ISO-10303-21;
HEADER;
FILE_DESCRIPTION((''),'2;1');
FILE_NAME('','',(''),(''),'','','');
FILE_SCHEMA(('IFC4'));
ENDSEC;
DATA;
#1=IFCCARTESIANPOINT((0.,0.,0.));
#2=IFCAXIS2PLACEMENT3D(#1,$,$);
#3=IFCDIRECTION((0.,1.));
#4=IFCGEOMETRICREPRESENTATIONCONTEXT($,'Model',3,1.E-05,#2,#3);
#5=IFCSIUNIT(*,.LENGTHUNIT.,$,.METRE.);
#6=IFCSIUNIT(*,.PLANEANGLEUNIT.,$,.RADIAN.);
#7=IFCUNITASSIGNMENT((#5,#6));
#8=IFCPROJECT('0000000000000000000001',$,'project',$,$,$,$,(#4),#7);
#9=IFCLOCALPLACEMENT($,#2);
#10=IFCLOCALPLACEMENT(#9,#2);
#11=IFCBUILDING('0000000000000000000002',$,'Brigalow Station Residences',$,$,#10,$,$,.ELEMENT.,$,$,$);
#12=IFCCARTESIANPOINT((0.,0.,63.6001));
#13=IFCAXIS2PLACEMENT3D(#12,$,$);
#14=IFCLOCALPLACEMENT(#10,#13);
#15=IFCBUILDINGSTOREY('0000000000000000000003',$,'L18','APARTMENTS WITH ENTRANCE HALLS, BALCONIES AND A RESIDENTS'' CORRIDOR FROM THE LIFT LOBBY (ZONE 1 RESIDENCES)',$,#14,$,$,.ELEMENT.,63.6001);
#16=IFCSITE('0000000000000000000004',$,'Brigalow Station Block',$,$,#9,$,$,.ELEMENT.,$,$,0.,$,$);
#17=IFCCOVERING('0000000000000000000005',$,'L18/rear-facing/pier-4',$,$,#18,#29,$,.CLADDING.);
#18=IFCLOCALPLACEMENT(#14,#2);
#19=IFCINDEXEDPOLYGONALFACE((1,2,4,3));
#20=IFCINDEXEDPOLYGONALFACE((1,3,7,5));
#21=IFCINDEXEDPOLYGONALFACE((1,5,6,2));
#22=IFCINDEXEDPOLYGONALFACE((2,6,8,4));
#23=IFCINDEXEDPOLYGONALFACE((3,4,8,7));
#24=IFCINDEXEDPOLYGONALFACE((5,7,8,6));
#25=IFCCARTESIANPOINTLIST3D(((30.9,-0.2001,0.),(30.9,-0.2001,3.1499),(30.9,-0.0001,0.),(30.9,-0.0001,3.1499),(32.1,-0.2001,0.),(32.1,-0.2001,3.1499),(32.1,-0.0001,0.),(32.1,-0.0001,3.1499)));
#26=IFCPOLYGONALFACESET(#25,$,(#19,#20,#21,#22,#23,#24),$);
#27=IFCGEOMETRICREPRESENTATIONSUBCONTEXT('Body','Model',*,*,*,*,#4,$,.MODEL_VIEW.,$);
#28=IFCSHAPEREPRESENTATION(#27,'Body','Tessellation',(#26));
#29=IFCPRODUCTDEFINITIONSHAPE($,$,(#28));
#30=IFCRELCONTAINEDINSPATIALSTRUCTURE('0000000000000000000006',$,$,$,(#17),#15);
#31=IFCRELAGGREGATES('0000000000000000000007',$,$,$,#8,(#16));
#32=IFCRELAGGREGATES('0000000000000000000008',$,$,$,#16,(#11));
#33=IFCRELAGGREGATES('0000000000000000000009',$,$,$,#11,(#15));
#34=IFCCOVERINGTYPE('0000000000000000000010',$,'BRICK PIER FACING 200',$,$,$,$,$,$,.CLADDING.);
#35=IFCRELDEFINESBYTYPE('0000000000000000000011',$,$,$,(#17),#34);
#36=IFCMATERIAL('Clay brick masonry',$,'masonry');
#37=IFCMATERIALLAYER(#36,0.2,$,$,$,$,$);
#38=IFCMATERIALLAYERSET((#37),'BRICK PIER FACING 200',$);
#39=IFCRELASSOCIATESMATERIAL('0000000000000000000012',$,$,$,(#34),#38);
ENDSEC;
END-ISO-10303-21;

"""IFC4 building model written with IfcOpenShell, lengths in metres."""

from ifc_helpers import new_model, si_unit, direction, frame, origin, origin_2d, place, context, subcontext, project, spatial, rectangle, extrude, material, layer, layer_set, type_object, element, save


model = new_model("IFC4")

# Units and contexts
model_context = context("Model", 3, precision=1e-05, world=origin(), true_north=direction((0.0, 1.0)))
body_context = subcontext(model_context, "Body", "Model", "MODEL_VIEW")
ifc_project = project(units=[si_unit("LENGTHUNIT", "METRE"), si_unit("PLANEANGLEUNIT", "RADIAN")], contexts=[model_context])

# Site, building, storey
site_placement = place(None, origin())
site = spatial("IfcSite", under=ifc_project, at=site_placement, Name="Brigalow Station Block", CompositionType="ELEMENT", RefElevation=0.0)
building_placement = place(site_placement, origin())
building = spatial("IfcBuilding", under=site, at=building_placement, Name="Brigalow Station Residences", CompositionType="ELEMENT")
storey_placement = place(building_placement, frame((0.0, 0.0, 63.6001)))
storey = spatial("IfcBuildingStorey", under=building, at=storey_placement, Name="L18", Description="APARTMENTS WITH ENTRANCE HALLS, BALCONIES AND A RESIDENTS' CORRIDOR FROM THE LIFT LOBBY (ZONE 1 RESIDENCES)", CompositionType="ELEMENT", Elevation=63.6001)

# Covering
ifc_material_1 = material(Name="Clay brick masonry", Category="masonry")
ifc_layer_1 = layer(ifc_material_1, 0.2)
ifc_layer_set_1 = layer_set([ifc_layer_1], Name="BRICK PIER FACING 200")
covering_type_1 = type_object("IfcCoveringType", Name="BRICK PIER FACING 200", PredefinedType="CLADDING", material=ifc_layer_set_1)
for number, where, z_axis, x_axis, name in (
    (1, (31.5, -0.1001, 0.0), (0.0, 0.0, 1.0), (1.0, 0.0, 0.0), "L18/rear-facing/pier-4"),
):
    element("IfcCovering", number, at=place(storey_placement, frame(where, z_axis=z_axis, x_axis=x_axis)), inside=storey, type_object=covering_type_1, Name=name, PredefinedType="CLADDING", context=body_context, shape_type="SweptSolid", body=[
        extrude(rectangle(XDim=1.2, YDim=0.2, at=origin_2d()), origin(), (0.0, 0.0, 1.0), 3.1499),
    ])

save(model, "model.ifc")
